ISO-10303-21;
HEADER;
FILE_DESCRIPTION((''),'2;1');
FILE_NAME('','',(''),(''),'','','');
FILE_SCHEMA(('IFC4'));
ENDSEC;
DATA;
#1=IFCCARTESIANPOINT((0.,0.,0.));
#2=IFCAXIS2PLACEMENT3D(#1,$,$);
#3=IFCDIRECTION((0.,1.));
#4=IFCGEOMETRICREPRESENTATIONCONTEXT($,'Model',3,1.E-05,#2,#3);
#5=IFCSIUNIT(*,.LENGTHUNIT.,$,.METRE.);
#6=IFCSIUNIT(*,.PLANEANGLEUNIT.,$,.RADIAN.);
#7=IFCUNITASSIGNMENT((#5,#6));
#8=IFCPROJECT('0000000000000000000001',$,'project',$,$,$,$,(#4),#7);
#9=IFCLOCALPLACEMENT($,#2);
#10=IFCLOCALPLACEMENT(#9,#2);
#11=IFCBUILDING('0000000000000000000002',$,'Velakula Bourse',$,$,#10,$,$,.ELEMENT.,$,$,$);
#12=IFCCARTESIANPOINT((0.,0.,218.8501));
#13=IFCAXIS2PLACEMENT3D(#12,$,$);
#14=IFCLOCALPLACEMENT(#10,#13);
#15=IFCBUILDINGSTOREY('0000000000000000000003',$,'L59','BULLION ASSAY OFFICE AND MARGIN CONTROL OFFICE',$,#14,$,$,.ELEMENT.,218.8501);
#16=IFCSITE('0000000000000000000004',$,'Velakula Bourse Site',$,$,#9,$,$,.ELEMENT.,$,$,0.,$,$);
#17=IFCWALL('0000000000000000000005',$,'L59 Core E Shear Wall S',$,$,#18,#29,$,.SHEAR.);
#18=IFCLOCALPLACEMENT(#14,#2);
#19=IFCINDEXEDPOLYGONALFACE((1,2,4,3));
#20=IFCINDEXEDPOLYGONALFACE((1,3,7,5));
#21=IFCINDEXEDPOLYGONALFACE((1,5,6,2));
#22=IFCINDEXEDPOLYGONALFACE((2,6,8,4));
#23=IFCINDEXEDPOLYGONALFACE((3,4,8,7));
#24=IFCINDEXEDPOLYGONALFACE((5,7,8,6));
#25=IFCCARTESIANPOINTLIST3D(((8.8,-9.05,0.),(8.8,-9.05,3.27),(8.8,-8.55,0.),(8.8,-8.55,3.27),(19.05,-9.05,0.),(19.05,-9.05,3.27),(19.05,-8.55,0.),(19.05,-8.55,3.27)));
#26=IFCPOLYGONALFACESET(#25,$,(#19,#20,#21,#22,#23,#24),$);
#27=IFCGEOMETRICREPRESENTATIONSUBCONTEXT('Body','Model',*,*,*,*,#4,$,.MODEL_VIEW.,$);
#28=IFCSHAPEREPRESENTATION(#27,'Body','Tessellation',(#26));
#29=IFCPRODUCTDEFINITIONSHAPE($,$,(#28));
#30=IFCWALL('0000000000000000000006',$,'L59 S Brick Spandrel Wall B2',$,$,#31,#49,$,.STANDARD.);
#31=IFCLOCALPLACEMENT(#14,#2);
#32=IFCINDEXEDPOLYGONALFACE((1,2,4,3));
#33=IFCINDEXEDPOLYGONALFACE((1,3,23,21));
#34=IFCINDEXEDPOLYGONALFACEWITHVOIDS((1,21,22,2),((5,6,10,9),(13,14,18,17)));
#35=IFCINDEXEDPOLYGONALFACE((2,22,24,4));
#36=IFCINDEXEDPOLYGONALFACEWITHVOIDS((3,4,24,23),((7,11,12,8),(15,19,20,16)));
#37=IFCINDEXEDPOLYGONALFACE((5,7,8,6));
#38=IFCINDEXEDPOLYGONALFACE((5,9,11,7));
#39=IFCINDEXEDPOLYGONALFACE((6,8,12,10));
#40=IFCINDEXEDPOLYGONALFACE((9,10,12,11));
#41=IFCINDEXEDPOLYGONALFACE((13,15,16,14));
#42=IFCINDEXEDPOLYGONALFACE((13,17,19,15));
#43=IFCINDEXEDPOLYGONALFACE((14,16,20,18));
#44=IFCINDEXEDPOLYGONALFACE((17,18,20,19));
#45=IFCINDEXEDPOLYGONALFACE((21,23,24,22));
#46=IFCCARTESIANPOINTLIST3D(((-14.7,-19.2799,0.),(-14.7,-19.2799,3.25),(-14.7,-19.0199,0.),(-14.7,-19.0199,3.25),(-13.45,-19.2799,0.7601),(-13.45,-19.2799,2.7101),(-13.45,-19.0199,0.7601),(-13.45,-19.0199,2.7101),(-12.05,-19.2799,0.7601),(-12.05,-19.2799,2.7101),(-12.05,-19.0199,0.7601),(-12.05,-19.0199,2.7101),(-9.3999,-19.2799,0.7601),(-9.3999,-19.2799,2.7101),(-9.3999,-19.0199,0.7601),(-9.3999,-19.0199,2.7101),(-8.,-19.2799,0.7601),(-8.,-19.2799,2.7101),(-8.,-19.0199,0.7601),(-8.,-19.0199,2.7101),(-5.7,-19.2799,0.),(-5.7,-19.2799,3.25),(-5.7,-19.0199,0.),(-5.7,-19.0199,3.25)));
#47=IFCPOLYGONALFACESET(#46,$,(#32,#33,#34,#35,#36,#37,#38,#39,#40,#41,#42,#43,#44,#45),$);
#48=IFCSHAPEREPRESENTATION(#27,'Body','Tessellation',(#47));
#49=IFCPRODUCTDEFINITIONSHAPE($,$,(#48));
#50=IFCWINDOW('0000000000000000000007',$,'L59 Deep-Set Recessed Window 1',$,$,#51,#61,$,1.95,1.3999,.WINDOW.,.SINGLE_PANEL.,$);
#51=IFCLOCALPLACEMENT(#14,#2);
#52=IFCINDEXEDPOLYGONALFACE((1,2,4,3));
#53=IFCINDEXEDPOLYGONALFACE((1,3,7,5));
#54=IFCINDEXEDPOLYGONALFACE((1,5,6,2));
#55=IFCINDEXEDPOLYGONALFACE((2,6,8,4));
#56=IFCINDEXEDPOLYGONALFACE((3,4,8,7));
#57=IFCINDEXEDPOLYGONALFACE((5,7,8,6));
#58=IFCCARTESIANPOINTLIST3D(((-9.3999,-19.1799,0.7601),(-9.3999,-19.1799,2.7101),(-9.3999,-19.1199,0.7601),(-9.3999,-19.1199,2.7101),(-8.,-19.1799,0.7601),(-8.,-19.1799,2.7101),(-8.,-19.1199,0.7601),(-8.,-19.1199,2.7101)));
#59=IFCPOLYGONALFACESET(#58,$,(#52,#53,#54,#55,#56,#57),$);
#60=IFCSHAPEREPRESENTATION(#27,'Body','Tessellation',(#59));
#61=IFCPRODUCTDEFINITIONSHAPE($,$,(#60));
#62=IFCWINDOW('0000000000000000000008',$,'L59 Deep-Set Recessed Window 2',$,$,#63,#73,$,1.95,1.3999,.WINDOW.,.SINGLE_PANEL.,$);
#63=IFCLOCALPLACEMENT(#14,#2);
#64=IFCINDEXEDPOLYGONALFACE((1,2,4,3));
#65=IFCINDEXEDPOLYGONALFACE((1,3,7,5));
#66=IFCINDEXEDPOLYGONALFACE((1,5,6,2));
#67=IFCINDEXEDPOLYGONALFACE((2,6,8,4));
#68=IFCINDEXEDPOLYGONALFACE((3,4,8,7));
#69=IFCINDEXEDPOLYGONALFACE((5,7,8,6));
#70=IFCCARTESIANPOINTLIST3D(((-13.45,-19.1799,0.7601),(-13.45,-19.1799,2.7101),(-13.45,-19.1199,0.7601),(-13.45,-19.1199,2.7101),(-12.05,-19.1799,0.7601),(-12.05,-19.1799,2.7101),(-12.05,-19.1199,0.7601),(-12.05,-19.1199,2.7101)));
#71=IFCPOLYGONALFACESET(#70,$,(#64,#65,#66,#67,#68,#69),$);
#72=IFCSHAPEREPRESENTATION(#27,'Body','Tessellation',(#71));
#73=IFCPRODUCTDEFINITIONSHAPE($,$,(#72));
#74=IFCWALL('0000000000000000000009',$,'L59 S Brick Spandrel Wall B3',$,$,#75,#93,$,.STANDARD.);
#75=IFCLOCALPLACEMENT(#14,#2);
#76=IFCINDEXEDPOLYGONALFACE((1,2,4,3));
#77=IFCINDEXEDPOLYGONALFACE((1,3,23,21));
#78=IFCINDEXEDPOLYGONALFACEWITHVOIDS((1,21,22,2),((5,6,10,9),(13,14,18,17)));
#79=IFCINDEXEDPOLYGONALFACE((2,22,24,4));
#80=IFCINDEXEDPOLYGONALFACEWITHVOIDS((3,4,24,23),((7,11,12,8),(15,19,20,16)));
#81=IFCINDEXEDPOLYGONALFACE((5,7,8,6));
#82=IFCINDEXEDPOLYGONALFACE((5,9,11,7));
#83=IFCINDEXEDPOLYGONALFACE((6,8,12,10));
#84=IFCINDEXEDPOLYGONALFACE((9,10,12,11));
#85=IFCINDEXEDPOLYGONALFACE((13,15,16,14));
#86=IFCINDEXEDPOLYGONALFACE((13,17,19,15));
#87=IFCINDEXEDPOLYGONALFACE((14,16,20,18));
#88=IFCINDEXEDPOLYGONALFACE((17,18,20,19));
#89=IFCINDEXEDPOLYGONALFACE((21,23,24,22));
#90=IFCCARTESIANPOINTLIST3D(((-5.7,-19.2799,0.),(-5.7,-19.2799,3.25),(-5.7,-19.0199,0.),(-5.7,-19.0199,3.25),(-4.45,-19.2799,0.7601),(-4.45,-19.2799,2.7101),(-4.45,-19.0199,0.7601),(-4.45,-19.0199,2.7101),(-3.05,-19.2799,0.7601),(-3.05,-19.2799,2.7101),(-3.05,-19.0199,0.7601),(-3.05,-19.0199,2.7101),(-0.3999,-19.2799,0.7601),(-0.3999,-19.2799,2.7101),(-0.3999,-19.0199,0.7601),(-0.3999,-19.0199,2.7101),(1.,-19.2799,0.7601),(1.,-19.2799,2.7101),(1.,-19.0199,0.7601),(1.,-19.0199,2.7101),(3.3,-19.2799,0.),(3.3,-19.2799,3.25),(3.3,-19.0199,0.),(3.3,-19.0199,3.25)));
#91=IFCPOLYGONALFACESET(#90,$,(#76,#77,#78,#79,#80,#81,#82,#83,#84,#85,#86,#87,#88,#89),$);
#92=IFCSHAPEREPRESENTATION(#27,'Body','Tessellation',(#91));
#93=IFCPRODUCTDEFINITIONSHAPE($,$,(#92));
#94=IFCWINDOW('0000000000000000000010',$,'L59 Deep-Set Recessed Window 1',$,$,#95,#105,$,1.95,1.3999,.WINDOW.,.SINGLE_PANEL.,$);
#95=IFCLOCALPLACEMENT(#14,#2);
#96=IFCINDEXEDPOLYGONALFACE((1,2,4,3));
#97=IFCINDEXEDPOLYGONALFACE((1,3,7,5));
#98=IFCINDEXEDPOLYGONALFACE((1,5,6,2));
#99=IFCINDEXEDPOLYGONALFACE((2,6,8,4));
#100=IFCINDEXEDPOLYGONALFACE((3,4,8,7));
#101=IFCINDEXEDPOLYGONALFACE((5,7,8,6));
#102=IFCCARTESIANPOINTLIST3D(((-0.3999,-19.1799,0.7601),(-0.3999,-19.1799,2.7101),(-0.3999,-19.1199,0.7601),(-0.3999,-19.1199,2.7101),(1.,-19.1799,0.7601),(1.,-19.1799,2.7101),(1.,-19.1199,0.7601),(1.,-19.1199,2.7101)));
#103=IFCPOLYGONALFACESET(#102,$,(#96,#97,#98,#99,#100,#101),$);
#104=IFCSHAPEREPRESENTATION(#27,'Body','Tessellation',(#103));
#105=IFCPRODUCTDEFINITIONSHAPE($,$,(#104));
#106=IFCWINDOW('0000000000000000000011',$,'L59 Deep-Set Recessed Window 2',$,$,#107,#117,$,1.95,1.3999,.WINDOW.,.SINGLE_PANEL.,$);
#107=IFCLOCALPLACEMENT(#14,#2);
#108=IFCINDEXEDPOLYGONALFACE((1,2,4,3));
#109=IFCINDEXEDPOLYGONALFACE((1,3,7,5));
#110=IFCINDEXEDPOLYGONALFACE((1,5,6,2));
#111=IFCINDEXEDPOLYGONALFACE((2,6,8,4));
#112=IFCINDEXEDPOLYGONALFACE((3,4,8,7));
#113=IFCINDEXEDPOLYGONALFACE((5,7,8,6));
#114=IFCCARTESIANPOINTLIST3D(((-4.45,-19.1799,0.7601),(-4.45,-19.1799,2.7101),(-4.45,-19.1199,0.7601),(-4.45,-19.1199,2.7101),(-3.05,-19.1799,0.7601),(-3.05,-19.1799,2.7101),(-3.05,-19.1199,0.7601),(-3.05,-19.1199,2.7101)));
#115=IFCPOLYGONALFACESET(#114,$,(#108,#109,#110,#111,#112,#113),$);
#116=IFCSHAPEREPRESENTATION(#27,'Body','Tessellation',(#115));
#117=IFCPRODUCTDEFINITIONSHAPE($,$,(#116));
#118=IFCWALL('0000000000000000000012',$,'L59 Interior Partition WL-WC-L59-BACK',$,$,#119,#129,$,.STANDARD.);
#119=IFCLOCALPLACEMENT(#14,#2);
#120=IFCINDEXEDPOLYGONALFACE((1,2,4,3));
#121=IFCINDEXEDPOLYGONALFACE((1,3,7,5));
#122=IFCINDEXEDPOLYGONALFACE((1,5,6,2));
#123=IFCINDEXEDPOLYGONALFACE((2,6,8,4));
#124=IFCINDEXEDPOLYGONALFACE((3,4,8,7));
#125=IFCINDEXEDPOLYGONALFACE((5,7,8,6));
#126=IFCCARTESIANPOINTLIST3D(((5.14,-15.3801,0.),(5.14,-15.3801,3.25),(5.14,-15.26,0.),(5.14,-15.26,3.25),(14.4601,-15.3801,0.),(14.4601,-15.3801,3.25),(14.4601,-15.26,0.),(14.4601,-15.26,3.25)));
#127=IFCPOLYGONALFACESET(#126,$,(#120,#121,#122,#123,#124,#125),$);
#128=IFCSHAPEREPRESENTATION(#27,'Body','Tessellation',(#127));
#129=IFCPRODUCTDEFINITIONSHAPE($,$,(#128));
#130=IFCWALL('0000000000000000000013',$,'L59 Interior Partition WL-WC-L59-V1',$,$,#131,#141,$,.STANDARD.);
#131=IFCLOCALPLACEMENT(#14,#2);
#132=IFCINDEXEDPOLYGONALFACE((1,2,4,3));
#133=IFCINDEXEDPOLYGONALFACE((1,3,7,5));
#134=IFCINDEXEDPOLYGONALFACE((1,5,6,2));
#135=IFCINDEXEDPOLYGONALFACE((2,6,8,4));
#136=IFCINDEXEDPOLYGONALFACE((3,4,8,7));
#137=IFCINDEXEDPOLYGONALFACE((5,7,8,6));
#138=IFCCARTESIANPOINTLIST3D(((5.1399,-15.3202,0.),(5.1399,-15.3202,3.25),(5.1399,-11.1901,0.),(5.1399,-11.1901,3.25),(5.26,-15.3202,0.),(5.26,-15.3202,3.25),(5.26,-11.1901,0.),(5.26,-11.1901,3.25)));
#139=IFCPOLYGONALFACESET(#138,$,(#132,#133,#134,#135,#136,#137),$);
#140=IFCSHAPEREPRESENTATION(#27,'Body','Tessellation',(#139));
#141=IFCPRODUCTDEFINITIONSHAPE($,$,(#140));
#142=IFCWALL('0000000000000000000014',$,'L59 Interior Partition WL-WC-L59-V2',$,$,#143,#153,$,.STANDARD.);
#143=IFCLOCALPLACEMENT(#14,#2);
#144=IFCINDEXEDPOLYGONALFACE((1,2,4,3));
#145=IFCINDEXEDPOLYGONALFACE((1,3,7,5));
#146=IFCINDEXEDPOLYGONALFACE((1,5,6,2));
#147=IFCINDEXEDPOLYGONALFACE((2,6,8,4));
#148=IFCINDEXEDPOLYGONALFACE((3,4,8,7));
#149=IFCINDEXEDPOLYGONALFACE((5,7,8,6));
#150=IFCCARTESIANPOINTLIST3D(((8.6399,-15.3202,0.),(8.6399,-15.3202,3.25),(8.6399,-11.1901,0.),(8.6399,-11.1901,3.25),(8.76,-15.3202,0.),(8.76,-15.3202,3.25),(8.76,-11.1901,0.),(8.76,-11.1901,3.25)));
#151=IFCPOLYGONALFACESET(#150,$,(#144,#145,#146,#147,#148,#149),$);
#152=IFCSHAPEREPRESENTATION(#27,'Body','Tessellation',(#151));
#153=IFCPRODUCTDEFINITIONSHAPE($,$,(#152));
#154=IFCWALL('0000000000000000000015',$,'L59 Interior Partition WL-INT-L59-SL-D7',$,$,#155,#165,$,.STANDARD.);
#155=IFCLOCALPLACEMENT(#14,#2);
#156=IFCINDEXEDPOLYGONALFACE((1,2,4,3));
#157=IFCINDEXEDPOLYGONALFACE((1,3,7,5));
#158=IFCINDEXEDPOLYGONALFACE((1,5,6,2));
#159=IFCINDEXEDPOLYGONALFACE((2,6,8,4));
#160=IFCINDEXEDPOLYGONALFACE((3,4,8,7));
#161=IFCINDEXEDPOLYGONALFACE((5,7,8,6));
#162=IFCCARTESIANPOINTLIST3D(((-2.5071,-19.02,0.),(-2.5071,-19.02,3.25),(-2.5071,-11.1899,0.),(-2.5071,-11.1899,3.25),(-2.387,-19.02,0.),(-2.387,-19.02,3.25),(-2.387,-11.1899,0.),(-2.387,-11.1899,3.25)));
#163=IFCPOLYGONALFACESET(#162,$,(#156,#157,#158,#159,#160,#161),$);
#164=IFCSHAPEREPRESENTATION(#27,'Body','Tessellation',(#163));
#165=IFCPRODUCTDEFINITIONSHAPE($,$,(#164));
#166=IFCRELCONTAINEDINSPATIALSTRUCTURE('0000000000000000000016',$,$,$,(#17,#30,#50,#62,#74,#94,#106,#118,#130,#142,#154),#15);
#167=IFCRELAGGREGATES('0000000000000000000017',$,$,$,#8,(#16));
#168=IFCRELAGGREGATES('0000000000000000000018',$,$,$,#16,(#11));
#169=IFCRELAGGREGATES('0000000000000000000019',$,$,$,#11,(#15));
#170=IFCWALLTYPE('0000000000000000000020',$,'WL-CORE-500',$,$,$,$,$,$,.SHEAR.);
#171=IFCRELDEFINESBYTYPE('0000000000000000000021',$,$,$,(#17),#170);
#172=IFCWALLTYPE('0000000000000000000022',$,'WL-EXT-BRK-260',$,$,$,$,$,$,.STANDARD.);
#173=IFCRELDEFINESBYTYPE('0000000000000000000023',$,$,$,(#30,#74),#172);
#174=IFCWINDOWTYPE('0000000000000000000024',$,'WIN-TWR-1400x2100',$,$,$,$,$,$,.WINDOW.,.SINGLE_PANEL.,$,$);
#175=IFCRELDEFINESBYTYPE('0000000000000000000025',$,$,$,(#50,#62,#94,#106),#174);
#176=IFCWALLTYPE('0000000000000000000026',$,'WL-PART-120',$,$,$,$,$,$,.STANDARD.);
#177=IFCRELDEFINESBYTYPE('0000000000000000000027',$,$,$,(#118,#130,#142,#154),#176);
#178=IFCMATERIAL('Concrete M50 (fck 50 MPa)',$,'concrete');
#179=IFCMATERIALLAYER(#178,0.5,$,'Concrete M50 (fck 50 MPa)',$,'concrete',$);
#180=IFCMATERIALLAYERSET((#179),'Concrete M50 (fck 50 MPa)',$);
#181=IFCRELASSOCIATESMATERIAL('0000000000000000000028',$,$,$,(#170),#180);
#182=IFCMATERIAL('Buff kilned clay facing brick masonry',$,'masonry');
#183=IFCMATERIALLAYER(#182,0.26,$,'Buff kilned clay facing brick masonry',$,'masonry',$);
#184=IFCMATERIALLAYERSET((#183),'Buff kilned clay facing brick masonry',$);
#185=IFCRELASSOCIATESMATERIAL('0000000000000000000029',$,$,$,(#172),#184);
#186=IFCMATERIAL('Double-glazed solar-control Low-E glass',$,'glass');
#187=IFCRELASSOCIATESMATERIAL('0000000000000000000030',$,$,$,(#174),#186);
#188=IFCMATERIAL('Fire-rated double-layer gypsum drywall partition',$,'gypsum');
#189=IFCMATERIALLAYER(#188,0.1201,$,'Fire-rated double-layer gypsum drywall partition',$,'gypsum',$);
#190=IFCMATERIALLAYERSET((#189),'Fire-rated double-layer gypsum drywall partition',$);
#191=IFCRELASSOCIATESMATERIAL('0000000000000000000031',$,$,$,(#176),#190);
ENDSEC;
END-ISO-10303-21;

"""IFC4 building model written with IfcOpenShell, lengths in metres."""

from ifc_helpers import new_model, si_unit, direction, frame, frame_2d, origin, place, context, subcontext, project, spatial, rectangle, extrude, material, layer, layer_set, type_object, element, fill, save


model = new_model("IFC4")

# Units and contexts
model_context = context("Model", 3, precision=1e-05, world=origin(), true_north=direction((0.0, 1.0)))
body_context = subcontext(model_context, "Body", "Model", "MODEL_VIEW")
ifc_project = project(units=[si_unit("LENGTHUNIT", "METRE"), si_unit("PLANEANGLEUNIT", "RADIAN")], contexts=[model_context])

# Site, building, storey
site_placement = place(None, origin())
site = spatial("IfcSite", under=ifc_project, at=site_placement, Name="Velakula Bourse Site", CompositionType="ELEMENT", RefElevation=0.0)
building_placement = place(site_placement, origin())
building = spatial("IfcBuilding", under=site, at=building_placement, Name="Velakula Bourse", CompositionType="ELEMENT")
storey_placement = place(building_placement, frame((0.0, 0.0, 218.8501)))
storey = spatial("IfcBuildingStorey", under=building, at=storey_placement, Name="L59", Description="BULLION ASSAY OFFICE AND MARGIN CONTROL OFFICE", CompositionType="ELEMENT", Elevation=218.8501)

# Wall
ifc_material_1 = material(Name="Concrete M50 (fck 50 MPa)", Category="concrete")
ifc_layer_1 = layer(ifc_material_1, 0.5, Name="Concrete M50 (fck 50 MPa)", Category="concrete")
ifc_layer_set_1 = layer_set([ifc_layer_1], Name="Concrete M50 (fck 50 MPa)")
wall_type_1 = type_object("IfcWallType", Name="WL-CORE-500", PredefinedType="SHEAR", material=ifc_layer_set_1)
wall_1_placement = place(storey_placement, frame((8.8, -8.8, 0.0), z_axis=(0.0, 0.0, 1.0), x_axis=(1.0, 0.0, 0.0)))
element("IfcWall", 1, at=wall_1_placement, inside=storey, type_object=wall_type_1, Name="L59 Core E Shear Wall S", PredefinedType="SHEAR", context=body_context, shape_type="SweptSolid", body=[
    extrude(rectangle(XDim=10.25, YDim=0.5, at=frame_2d((5.125, 0.0))), origin(), (0.0, 0.0, 1.0), 3.27),
])

# Walls, openings, windows
ifc_material_2 = material(Name="Buff kilned clay facing brick masonry", Category="masonry")
ifc_layer_2 = layer(ifc_material_2, 0.26, Name="Buff kilned clay facing brick masonry", Category="masonry")
ifc_layer_set_2 = layer_set([ifc_layer_2], Name="Buff kilned clay facing brick masonry")
wall_type_2 = type_object("IfcWallType", Name="WL-EXT-BRK-260", PredefinedType="STANDARD", material=ifc_layer_set_2)
wall_2_placement = place(storey_placement, frame((-5.7, -19.1499, 0.0), z_axis=(0.0, 0.0, 1.0), x_axis=(-1.0, 0.0, 0.0)))
wall_2 = element("IfcWall", 2, at=wall_2_placement, inside=storey, type_object=wall_type_2, Name="L59 S Brick Spandrel Wall B2", PredefinedType="STANDARD", context=body_context, shape_type="SweptSolid", body=[
    extrude(rectangle(XDim=9.0, YDim=0.26, at=frame_2d((4.5, 0.0))), origin(), (0.0, 0.0, 1.0), 3.25),
])
opening_1_placement = place(wall_2_placement, frame((2.3, 0.0, 0.76)))
opening_1 = element("IfcOpeningElement", 3, at=opening_1_placement, cuts=wall_2, PredefinedType="OPENING", context=body_context, shape_type="SweptSolid", body=[
    extrude(rectangle(XDim=1.3999, YDim=1.95, at=frame_2d((0.7, 0.9751))), frame((0.0, 0.1399, 0.0), z_axis=(0.0, -1.0, 0.0), x_axis=(1.0, 0.0, 0.0)), (0.0, 0.0, 1.0), 0.28),
])
opening_2_placement = place(wall_2_placement, frame((6.3501, 0.0, 0.76)))
opening_2 = element("IfcOpeningElement", 4, at=opening_2_placement, cuts=wall_2, PredefinedType="OPENING", context=body_context, shape_type="SweptSolid", body=[
    extrude(rectangle(XDim=1.3999, YDim=1.95, at=frame_2d((0.7, 0.9751))), frame((0.0, 0.1399, 0.0), z_axis=(0.0, -1.0, 0.0), x_axis=(1.0, 0.0, 0.0)), (0.0, 0.0, 1.0), 0.28),
])
ifc_material_3 = material(Name="Double-glazed solar-control Low-E glass", Category="glass")
window_type = type_object("IfcWindowType", Name="WIN-TWR-1400x2100", PartitioningType="SINGLE_PANEL", PredefinedType="WINDOW", material=ifc_material_3)
window_1_placement = place(opening_1_placement, origin())
window_1 = element("IfcWindow", 5, at=window_1_placement, inside=storey, type_object=window_type, Name="L59 Deep-Set Recessed Window 1", OverallHeight=1.95, OverallWidth=1.3999, PartitioningType="SINGLE_PANEL", PredefinedType="WINDOW", context=body_context, shape_type="SweptSolid", body=[
    extrude(rectangle(XDim=1.3999, YDim=1.95, at=frame_2d((0.7, 0.9751))), frame((0.0, 0.03, 0.0), z_axis=(0.0, -1.0, 0.0), x_axis=(1.0, 0.0, 0.0)), (0.0, 0.0, 1.0), 0.0601),
])
fill(opening_1, window_1)
window_2_placement = place(opening_2_placement, origin())
window_2 = element("IfcWindow", 6, at=window_2_placement, inside=storey, type_object=window_type, Name="L59 Deep-Set Recessed Window 2", OverallHeight=1.95, OverallWidth=1.3999, PartitioningType="SINGLE_PANEL", PredefinedType="WINDOW", context=body_context, shape_type="SweptSolid", body=[
    extrude(rectangle(XDim=1.3999, YDim=1.95, at=frame_2d((0.7, 0.9751))), frame((0.0, 0.03, 0.0), z_axis=(0.0, -1.0, 0.0), x_axis=(1.0, 0.0, 0.0)), (0.0, 0.0, 1.0), 0.0601),
])
fill(opening_2, window_2)
wall_3_placement = place(storey_placement, frame((3.3, -19.1499, 0.0), z_axis=(0.0, 0.0, 1.0), x_axis=(-1.0, 0.0, 0.0)))
wall_3 = element("IfcWall", 7, at=wall_3_placement, inside=storey, type_object=wall_type_2, Name="L59 S Brick Spandrel Wall B3", PredefinedType="STANDARD", context=body_context, shape_type="SweptSolid", body=[
    extrude(rectangle(XDim=9.0, YDim=0.26, at=frame_2d((4.5, 0.0))), origin(), (0.0, 0.0, 1.0), 3.25),
])
opening_3_placement = place(wall_3_placement, frame((2.3, 0.0, 0.76)))
opening_3 = element("IfcOpeningElement", 8, at=opening_3_placement, cuts=wall_3, PredefinedType="OPENING", context=body_context, shape_type="SweptSolid", body=[
    extrude(rectangle(XDim=1.3999, YDim=1.95, at=frame_2d((0.7, 0.9751))), frame((0.0, 0.1399, 0.0), z_axis=(0.0, -1.0, 0.0), x_axis=(1.0, 0.0, 0.0)), (0.0, 0.0, 1.0), 0.28),
])
opening_4_placement = place(wall_3_placement, frame((6.3501, 0.0, 0.76)))
opening_4 = element("IfcOpeningElement", 9, at=opening_4_placement, cuts=wall_3, PredefinedType="OPENING", context=body_context, shape_type="SweptSolid", body=[
    extrude(rectangle(XDim=1.3999, YDim=1.95, at=frame_2d((0.7, 0.9751))), frame((0.0, 0.1399, 0.0), z_axis=(0.0, -1.0, 0.0), x_axis=(1.0, 0.0, 0.0)), (0.0, 0.0, 1.0), 0.28),
])
window_3_placement = place(opening_3_placement, origin())
window_3 = element("IfcWindow", 10, at=window_3_placement, inside=storey, type_object=window_type, Name="L59 Deep-Set Recessed Window 1", OverallHeight=1.95, OverallWidth=1.3999, PartitioningType="SINGLE_PANEL", PredefinedType="WINDOW", context=body_context, shape_type="SweptSolid", body=[
    extrude(rectangle(XDim=1.3999, YDim=1.95, at=frame_2d((0.7, 0.9751))), frame((0.0, 0.03, 0.0), z_axis=(0.0, -1.0, 0.0), x_axis=(1.0, 0.0, 0.0)), (0.0, 0.0, 1.0), 0.0601),
])
fill(opening_3, window_3)
window_4_placement = place(opening_4_placement, origin())
window_4 = element("IfcWindow", 11, at=window_4_placement, inside=storey, type_object=window_type, Name="L59 Deep-Set Recessed Window 2", OverallHeight=1.95, OverallWidth=1.3999, PartitioningType="SINGLE_PANEL", PredefinedType="WINDOW", context=body_context, shape_type="SweptSolid", body=[
    extrude(rectangle(XDim=1.3999, YDim=1.95, at=frame_2d((0.7, 0.9751))), frame((0.0, 0.03, 0.0), z_axis=(0.0, -1.0, 0.0), x_axis=(1.0, 0.0, 0.0)), (0.0, 0.0, 1.0), 0.0601),
])
fill(opening_4, window_4)

# Walls
ifc_material_4 = material(Name="Fire-rated double-layer gypsum drywall partition", Category="gypsum")
ifc_layer_3 = layer(ifc_material_4, 0.1201, Name="Fire-rated double-layer gypsum drywall partition", Category="gypsum")
ifc_layer_set_3 = layer_set([ifc_layer_3], Name="Fire-rated double-layer gypsum drywall partition")
wall_type_3 = type_object("IfcWallType", Name="WL-PART-120", PredefinedType="STANDARD", material=ifc_layer_set_3)
wall_4_placement = place(storey_placement, frame((5.1399, -15.3201, 0.0), z_axis=(0.0, 0.0, 1.0), x_axis=(1.0, 0.0, 0.0)))
element("IfcWall", 12, at=wall_4_placement, inside=storey, type_object=wall_type_3, Name="L59 Interior Partition WL-WC-L59-BACK", PredefinedType="STANDARD", context=body_context, shape_type="SweptSolid", body=[
    extrude(rectangle(XDim=9.3201, YDim=0.1201, at=frame_2d((4.6602, 0.0))), origin(), (0.0, 0.0, 1.0), 3.25),
])
for number, where, z_axis, x_axis, name in (
    (13, (5.2, -15.3201, 0.0), (0.0, 0.0, 1.0), (0.0, 1.0, 0.0), "L59 Interior Partition WL-WC-L59-V1"),
    (14, (8.7, -15.3201, 0.0), (0.0, 0.0, 1.0), (0.0, 1.0, 0.0), "L59 Interior Partition WL-WC-L59-V2"),
):
    element("IfcWall", number, at=place(storey_placement, frame(where, z_axis=z_axis, x_axis=x_axis)), inside=storey, type_object=wall_type_3, Name=name, PredefinedType="STANDARD", context=body_context, shape_type="SweptSolid", body=[
        extrude(rectangle(XDim=4.1301, YDim=0.1201, at=frame_2d((2.0649, 0.0))), origin(), (0.0, 0.0, 1.0), 3.25),
    ])
wall_5_placement = place(storey_placement, frame((-2.447, -19.02, 0.0), z_axis=(0.0, 0.0, 1.0), x_axis=(0.0, 1.0, 0.0)))
element("IfcWall", 15, at=wall_5_placement, inside=storey, type_object=wall_type_3, Name="L59 Interior Partition WL-INT-L59-SL-D7", PredefinedType="STANDARD", context=body_context, shape_type="SweptSolid", body=[
    extrude(rectangle(XDim=7.8301, YDim=0.1201, at=frame_2d((3.915, 0.0))), origin(), (0.0, 0.0, 1.0), 3.25),
])

save(model, "model.ifc")
